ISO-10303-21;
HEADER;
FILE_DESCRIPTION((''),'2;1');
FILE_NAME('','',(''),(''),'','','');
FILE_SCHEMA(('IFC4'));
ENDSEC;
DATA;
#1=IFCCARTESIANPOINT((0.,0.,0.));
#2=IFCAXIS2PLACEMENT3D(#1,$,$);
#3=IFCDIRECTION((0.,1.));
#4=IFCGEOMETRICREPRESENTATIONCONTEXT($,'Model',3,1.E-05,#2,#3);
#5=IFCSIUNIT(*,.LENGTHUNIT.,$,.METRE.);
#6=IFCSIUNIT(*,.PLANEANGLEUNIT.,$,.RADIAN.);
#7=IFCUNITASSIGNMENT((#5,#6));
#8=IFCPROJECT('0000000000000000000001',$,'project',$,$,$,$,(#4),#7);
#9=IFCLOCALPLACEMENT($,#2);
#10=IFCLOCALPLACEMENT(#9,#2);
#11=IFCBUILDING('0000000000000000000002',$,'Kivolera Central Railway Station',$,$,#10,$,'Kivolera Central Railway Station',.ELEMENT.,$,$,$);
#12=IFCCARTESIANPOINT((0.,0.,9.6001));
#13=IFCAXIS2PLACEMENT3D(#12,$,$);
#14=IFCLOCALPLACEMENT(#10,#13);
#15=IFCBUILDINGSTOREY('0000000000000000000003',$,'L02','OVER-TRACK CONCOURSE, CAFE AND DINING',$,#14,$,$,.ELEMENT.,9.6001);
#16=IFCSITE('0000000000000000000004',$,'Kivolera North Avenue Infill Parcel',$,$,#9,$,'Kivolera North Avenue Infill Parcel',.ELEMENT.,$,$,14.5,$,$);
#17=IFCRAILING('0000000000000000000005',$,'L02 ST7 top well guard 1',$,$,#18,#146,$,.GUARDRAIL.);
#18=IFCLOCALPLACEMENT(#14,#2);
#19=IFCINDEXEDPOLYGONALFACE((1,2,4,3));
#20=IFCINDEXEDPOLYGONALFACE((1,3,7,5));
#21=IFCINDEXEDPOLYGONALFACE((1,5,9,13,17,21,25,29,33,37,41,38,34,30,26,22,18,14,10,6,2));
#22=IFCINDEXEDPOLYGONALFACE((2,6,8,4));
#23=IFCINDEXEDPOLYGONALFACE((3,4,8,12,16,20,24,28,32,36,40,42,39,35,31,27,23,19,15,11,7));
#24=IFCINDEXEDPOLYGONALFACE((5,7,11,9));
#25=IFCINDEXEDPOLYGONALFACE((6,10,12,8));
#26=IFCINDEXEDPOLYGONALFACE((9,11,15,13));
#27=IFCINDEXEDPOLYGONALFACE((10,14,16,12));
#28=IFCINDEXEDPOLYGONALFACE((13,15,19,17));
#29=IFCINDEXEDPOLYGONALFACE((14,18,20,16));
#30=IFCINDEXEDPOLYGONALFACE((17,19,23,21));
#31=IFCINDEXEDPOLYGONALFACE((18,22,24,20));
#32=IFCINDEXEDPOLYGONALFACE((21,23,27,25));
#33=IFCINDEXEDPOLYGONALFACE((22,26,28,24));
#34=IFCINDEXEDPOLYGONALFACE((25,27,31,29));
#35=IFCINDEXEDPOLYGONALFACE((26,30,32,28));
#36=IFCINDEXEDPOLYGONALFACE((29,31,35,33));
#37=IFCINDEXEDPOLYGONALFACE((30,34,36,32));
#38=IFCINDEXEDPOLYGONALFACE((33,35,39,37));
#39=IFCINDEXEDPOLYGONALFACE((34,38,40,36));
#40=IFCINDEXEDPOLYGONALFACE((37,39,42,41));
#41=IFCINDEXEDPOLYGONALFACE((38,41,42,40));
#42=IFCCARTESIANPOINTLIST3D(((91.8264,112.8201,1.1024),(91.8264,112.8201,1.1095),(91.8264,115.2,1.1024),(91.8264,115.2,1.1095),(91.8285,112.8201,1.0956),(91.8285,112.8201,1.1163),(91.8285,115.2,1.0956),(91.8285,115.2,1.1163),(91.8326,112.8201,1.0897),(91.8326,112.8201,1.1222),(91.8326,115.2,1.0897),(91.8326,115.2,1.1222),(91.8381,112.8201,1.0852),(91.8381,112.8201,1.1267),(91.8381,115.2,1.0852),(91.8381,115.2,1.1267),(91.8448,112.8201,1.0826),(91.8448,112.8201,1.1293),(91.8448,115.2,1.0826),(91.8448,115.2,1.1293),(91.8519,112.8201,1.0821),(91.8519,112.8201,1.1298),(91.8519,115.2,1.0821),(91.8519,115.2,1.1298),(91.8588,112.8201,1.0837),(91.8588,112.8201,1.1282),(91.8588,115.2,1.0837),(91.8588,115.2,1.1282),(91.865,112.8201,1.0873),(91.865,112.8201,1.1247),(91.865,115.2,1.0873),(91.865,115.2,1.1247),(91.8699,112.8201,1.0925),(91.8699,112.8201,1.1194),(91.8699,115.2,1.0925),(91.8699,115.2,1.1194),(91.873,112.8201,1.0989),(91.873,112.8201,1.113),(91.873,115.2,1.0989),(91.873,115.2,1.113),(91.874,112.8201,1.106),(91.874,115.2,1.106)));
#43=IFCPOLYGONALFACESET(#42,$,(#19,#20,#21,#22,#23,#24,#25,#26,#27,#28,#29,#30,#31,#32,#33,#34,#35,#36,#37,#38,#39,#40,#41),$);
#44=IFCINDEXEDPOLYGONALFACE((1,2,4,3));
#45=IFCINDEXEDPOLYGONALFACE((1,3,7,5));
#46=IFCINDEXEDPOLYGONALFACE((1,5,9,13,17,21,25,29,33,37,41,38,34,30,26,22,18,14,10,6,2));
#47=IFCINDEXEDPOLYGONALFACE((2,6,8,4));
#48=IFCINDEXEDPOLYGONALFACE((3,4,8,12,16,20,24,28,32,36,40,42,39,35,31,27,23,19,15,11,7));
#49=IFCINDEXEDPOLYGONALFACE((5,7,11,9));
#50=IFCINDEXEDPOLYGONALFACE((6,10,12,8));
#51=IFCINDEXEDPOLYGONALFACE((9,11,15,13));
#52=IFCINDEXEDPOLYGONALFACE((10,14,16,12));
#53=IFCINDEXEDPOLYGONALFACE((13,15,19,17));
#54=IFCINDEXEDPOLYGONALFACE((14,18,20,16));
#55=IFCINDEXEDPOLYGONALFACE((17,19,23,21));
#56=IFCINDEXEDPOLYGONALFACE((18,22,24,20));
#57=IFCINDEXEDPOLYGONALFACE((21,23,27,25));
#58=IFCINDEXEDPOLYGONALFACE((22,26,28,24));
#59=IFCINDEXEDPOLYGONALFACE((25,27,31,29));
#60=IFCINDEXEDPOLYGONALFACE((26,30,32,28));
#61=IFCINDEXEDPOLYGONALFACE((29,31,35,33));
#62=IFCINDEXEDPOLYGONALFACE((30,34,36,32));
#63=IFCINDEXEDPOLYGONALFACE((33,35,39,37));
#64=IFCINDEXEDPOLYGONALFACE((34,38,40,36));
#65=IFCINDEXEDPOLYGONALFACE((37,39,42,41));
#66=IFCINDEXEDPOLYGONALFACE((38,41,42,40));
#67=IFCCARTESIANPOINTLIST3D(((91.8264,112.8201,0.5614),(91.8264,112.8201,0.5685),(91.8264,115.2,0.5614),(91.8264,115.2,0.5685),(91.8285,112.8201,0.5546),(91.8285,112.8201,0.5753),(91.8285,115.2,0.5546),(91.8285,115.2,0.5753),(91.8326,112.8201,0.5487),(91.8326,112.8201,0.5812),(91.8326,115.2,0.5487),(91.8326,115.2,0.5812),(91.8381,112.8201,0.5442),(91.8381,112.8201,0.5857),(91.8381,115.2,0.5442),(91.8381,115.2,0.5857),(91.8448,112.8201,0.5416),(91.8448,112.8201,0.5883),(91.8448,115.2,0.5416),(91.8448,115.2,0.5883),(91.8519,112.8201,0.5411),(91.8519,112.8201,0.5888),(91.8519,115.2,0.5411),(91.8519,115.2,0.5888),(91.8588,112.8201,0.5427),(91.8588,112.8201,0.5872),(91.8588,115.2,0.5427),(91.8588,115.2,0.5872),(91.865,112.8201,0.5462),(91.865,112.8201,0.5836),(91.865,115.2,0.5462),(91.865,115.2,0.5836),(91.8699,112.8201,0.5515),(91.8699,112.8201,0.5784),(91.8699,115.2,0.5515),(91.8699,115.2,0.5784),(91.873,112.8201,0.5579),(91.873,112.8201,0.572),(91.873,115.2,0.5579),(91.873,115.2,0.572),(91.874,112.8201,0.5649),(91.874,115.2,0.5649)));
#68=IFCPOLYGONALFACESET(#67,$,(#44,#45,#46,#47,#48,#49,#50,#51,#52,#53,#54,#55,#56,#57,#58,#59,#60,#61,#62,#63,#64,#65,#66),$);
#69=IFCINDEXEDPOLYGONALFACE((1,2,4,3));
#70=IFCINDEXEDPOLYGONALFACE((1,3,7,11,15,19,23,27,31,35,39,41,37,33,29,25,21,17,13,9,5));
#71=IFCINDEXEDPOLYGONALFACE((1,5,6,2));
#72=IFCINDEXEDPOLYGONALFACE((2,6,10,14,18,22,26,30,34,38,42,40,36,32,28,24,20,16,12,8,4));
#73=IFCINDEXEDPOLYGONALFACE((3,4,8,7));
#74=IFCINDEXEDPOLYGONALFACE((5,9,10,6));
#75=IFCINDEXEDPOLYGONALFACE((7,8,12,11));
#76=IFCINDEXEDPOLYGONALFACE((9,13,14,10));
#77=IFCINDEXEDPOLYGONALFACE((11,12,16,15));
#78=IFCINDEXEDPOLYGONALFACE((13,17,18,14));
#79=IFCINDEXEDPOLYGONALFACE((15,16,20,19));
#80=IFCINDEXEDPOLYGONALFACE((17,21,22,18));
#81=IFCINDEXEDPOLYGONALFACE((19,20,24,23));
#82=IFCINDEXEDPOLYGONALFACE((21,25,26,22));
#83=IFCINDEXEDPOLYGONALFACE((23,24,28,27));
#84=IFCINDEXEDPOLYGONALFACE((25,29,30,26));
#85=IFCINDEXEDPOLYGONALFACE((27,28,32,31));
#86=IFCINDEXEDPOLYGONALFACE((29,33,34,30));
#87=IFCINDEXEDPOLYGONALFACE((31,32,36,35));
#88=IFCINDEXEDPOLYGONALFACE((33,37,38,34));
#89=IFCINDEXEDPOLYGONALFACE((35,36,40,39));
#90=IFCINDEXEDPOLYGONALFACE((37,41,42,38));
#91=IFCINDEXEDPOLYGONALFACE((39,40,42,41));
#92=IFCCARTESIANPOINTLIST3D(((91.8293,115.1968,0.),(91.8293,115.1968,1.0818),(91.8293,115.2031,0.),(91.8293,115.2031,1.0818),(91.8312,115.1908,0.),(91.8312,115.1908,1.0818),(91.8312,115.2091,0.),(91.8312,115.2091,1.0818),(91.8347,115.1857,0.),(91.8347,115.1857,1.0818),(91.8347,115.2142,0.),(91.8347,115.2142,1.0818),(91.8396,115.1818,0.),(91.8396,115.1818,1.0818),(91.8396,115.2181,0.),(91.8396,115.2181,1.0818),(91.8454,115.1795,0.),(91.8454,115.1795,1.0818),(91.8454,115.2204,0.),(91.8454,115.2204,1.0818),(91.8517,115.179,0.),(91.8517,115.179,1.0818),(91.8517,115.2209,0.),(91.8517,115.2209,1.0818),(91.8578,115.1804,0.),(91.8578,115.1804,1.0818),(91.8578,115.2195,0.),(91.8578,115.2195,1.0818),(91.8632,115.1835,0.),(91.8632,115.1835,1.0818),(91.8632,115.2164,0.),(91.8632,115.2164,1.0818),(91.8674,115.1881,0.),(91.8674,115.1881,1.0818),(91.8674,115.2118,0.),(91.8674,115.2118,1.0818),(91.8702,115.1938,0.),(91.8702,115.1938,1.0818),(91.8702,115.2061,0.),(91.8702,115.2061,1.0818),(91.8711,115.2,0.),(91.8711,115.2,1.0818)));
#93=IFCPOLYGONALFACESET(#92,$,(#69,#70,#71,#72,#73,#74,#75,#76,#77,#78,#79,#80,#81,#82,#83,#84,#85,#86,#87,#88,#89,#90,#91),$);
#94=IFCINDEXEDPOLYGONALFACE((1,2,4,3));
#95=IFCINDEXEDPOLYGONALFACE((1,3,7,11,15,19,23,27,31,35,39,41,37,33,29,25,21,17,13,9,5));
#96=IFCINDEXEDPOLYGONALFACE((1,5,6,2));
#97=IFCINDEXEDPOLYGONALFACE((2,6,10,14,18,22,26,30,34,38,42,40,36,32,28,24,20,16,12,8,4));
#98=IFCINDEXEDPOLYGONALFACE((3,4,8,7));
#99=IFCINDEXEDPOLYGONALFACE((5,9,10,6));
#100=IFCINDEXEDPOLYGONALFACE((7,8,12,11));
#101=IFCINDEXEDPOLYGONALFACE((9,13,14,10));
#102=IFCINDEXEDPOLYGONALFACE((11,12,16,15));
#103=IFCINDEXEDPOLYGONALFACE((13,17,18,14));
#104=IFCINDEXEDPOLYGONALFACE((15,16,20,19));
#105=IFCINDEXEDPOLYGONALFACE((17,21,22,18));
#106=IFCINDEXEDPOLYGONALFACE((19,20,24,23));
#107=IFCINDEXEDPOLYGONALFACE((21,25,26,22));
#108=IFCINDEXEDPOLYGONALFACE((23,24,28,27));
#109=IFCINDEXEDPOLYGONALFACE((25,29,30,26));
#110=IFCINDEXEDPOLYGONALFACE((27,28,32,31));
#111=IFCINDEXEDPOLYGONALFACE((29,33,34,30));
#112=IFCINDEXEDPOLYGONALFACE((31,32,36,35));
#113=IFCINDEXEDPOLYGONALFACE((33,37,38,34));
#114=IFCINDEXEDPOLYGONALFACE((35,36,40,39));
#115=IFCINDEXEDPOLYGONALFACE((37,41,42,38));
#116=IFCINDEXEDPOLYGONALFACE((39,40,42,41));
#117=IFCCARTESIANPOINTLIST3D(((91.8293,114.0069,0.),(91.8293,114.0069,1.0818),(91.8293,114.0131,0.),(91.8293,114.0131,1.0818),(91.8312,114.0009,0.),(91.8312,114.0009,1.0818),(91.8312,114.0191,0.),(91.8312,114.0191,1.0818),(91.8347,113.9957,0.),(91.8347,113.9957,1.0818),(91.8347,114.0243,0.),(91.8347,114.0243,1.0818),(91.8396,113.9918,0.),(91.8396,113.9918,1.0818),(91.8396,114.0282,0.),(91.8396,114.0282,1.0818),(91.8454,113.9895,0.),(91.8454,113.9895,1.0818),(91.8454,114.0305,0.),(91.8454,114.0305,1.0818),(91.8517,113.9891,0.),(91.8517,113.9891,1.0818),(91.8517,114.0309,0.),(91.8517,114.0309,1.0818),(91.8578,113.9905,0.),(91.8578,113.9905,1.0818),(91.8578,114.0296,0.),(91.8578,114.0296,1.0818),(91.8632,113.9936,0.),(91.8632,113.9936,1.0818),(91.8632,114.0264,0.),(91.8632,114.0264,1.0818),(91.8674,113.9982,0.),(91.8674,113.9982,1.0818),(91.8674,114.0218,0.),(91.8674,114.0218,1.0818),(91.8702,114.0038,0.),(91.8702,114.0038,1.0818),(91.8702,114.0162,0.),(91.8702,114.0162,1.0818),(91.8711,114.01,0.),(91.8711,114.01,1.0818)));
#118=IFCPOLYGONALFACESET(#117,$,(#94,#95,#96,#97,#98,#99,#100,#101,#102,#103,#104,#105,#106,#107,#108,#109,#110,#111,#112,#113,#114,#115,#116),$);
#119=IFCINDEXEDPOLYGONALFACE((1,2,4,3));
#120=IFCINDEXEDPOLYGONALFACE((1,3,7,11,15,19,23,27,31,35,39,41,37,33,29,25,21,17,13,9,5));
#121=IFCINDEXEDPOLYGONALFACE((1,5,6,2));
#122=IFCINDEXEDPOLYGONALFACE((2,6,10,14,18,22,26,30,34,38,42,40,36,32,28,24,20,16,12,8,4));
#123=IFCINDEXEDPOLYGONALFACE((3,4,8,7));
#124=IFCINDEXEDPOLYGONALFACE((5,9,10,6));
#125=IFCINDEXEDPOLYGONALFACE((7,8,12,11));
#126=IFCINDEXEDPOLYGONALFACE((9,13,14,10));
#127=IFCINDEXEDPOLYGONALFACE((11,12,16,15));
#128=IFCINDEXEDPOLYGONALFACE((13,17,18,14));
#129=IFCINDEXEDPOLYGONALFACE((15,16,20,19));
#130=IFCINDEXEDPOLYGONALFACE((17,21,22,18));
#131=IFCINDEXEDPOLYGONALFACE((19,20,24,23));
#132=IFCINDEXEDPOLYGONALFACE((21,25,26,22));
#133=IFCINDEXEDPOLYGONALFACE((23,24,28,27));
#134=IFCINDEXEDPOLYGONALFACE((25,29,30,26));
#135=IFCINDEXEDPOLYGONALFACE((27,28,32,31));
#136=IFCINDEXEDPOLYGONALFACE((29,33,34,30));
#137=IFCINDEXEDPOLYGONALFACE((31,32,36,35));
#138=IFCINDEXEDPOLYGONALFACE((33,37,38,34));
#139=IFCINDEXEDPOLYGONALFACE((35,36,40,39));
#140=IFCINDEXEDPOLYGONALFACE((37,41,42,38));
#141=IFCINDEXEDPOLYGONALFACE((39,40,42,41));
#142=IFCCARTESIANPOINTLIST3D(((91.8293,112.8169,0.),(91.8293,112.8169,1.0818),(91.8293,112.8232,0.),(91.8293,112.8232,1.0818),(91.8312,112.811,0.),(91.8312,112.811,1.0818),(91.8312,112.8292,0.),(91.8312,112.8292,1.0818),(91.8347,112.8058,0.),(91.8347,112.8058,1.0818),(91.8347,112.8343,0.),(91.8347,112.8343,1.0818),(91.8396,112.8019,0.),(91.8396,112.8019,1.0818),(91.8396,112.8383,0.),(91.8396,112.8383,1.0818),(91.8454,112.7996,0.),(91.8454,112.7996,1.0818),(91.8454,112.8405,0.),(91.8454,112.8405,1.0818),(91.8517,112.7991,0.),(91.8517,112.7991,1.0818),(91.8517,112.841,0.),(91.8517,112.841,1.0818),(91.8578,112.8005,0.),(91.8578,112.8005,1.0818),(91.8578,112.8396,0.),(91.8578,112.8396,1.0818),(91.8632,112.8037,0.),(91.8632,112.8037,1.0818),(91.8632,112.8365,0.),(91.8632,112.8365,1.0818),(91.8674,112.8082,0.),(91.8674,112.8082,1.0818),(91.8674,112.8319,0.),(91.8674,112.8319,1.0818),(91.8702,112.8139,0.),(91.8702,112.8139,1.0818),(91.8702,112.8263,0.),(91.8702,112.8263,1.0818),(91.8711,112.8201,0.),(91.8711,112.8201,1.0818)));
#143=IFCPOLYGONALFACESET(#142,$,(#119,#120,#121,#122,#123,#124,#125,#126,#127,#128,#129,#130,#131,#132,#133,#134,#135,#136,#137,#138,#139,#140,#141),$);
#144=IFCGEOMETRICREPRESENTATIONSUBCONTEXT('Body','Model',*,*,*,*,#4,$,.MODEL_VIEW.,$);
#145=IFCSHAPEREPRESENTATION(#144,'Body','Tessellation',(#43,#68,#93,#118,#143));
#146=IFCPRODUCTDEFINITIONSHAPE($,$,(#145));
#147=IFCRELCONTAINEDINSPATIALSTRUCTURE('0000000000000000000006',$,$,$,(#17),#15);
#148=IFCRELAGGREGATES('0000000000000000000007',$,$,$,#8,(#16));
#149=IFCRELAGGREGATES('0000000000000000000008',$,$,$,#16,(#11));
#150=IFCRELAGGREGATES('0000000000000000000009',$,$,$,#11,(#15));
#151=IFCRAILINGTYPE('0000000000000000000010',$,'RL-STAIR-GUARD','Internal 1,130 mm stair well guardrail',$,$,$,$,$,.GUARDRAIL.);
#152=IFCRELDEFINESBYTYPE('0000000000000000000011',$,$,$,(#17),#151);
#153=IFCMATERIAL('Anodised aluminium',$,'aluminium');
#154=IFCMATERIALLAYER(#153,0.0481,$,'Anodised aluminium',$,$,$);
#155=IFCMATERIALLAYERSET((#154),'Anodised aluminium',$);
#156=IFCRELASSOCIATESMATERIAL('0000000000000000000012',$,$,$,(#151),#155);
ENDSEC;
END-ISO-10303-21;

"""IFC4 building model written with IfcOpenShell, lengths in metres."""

from ifc_helpers import new_model, si_unit, direction, frame, origin, origin_2d, place, context, subcontext, project, spatial, circle, extrude, material, layer, layer_set, type_object, element, save


model = new_model("IFC4")

# Units and contexts
model_context = context("Model", 3, precision=1e-05, world=origin(), true_north=direction((0.0, 1.0)))
body_context = subcontext(model_context, "Body", "Model", "MODEL_VIEW")
ifc_project = project(units=[si_unit("LENGTHUNIT", "METRE"), si_unit("PLANEANGLEUNIT", "RADIAN")], contexts=[model_context])

# Site, building, storey
site_placement = place(None, origin())
site = spatial("IfcSite", under=ifc_project, at=site_placement, Name="Kivolera North Avenue Infill Parcel", LongName="Kivolera North Avenue Infill Parcel", CompositionType="ELEMENT", RefElevation=14.5)
building_placement = place(site_placement, origin())
building = spatial("IfcBuilding", under=site, at=building_placement, Name="Kivolera Central Railway Station", LongName="Kivolera Central Railway Station", CompositionType="ELEMENT")
storey_placement = place(building_placement, frame((0.0, 0.0, 9.6001)))
storey = spatial("IfcBuildingStorey", under=building, at=storey_placement, Name="L02", Description="OVER-TRACK CONCOURSE, CAFE AND DINING", CompositionType="ELEMENT", Elevation=9.6001)

# Shared definitions
ifc_material_1 = material(Name="Anodised aluminium", Category="aluminium")

# Railing
ifc_layer_1 = layer(ifc_material_1, 0.0481, Name="Anodised aluminium")
ifc_layer_set_1 = layer_set([ifc_layer_1], Name="Anodised aluminium")
railing_type = type_object("IfcRailingType", Name="RL-STAIR-GUARD", Description="Internal 1,130 mm stair well guardrail", PredefinedType="GUARDRAIL", material=ifc_layer_set_1)
railing_placement = place(storey_placement, frame((91.8501, 115.2, 0.0)))
element("IfcRailing", 1, at=railing_placement, inside=storey, type_object=railing_type, Name="L02 ST7 top well guard 1", PredefinedType="GUARDRAIL", context=body_context, shape_type="SweptSolid", body=[
    extrude(circle(Radius=0.0239, at=origin_2d()), frame((0.0, 0.0, 1.106), z_axis=(0.0, -1.0, 0.0), x_axis=(1.0, 0.0, 0.0)), (0.0, 0.0, 1.0), 2.3799),
    extrude(circle(Radius=0.0239, at=origin_2d()), frame((0.0, 0.0, 0.5649), z_axis=(0.0, -1.0, 0.0), x_axis=(1.0, 0.0, 0.0)), (0.0, 0.0, 1.0), 2.3799),
    extrude(circle(Radius=0.021, at=origin_2d()), origin(), (0.0, 0.0, 1.0), 1.0818),
    extrude(circle(Radius=0.021, at=origin_2d()), frame((0.0, -1.1899, 0.0)), (0.0, 0.0, 1.0), 1.0818),
    extrude(circle(Radius=0.021, at=origin_2d()), frame((0.0, -2.3799, 0.0)), (0.0, 0.0, 1.0), 1.0818),
])

save(model, "model.ifc")
